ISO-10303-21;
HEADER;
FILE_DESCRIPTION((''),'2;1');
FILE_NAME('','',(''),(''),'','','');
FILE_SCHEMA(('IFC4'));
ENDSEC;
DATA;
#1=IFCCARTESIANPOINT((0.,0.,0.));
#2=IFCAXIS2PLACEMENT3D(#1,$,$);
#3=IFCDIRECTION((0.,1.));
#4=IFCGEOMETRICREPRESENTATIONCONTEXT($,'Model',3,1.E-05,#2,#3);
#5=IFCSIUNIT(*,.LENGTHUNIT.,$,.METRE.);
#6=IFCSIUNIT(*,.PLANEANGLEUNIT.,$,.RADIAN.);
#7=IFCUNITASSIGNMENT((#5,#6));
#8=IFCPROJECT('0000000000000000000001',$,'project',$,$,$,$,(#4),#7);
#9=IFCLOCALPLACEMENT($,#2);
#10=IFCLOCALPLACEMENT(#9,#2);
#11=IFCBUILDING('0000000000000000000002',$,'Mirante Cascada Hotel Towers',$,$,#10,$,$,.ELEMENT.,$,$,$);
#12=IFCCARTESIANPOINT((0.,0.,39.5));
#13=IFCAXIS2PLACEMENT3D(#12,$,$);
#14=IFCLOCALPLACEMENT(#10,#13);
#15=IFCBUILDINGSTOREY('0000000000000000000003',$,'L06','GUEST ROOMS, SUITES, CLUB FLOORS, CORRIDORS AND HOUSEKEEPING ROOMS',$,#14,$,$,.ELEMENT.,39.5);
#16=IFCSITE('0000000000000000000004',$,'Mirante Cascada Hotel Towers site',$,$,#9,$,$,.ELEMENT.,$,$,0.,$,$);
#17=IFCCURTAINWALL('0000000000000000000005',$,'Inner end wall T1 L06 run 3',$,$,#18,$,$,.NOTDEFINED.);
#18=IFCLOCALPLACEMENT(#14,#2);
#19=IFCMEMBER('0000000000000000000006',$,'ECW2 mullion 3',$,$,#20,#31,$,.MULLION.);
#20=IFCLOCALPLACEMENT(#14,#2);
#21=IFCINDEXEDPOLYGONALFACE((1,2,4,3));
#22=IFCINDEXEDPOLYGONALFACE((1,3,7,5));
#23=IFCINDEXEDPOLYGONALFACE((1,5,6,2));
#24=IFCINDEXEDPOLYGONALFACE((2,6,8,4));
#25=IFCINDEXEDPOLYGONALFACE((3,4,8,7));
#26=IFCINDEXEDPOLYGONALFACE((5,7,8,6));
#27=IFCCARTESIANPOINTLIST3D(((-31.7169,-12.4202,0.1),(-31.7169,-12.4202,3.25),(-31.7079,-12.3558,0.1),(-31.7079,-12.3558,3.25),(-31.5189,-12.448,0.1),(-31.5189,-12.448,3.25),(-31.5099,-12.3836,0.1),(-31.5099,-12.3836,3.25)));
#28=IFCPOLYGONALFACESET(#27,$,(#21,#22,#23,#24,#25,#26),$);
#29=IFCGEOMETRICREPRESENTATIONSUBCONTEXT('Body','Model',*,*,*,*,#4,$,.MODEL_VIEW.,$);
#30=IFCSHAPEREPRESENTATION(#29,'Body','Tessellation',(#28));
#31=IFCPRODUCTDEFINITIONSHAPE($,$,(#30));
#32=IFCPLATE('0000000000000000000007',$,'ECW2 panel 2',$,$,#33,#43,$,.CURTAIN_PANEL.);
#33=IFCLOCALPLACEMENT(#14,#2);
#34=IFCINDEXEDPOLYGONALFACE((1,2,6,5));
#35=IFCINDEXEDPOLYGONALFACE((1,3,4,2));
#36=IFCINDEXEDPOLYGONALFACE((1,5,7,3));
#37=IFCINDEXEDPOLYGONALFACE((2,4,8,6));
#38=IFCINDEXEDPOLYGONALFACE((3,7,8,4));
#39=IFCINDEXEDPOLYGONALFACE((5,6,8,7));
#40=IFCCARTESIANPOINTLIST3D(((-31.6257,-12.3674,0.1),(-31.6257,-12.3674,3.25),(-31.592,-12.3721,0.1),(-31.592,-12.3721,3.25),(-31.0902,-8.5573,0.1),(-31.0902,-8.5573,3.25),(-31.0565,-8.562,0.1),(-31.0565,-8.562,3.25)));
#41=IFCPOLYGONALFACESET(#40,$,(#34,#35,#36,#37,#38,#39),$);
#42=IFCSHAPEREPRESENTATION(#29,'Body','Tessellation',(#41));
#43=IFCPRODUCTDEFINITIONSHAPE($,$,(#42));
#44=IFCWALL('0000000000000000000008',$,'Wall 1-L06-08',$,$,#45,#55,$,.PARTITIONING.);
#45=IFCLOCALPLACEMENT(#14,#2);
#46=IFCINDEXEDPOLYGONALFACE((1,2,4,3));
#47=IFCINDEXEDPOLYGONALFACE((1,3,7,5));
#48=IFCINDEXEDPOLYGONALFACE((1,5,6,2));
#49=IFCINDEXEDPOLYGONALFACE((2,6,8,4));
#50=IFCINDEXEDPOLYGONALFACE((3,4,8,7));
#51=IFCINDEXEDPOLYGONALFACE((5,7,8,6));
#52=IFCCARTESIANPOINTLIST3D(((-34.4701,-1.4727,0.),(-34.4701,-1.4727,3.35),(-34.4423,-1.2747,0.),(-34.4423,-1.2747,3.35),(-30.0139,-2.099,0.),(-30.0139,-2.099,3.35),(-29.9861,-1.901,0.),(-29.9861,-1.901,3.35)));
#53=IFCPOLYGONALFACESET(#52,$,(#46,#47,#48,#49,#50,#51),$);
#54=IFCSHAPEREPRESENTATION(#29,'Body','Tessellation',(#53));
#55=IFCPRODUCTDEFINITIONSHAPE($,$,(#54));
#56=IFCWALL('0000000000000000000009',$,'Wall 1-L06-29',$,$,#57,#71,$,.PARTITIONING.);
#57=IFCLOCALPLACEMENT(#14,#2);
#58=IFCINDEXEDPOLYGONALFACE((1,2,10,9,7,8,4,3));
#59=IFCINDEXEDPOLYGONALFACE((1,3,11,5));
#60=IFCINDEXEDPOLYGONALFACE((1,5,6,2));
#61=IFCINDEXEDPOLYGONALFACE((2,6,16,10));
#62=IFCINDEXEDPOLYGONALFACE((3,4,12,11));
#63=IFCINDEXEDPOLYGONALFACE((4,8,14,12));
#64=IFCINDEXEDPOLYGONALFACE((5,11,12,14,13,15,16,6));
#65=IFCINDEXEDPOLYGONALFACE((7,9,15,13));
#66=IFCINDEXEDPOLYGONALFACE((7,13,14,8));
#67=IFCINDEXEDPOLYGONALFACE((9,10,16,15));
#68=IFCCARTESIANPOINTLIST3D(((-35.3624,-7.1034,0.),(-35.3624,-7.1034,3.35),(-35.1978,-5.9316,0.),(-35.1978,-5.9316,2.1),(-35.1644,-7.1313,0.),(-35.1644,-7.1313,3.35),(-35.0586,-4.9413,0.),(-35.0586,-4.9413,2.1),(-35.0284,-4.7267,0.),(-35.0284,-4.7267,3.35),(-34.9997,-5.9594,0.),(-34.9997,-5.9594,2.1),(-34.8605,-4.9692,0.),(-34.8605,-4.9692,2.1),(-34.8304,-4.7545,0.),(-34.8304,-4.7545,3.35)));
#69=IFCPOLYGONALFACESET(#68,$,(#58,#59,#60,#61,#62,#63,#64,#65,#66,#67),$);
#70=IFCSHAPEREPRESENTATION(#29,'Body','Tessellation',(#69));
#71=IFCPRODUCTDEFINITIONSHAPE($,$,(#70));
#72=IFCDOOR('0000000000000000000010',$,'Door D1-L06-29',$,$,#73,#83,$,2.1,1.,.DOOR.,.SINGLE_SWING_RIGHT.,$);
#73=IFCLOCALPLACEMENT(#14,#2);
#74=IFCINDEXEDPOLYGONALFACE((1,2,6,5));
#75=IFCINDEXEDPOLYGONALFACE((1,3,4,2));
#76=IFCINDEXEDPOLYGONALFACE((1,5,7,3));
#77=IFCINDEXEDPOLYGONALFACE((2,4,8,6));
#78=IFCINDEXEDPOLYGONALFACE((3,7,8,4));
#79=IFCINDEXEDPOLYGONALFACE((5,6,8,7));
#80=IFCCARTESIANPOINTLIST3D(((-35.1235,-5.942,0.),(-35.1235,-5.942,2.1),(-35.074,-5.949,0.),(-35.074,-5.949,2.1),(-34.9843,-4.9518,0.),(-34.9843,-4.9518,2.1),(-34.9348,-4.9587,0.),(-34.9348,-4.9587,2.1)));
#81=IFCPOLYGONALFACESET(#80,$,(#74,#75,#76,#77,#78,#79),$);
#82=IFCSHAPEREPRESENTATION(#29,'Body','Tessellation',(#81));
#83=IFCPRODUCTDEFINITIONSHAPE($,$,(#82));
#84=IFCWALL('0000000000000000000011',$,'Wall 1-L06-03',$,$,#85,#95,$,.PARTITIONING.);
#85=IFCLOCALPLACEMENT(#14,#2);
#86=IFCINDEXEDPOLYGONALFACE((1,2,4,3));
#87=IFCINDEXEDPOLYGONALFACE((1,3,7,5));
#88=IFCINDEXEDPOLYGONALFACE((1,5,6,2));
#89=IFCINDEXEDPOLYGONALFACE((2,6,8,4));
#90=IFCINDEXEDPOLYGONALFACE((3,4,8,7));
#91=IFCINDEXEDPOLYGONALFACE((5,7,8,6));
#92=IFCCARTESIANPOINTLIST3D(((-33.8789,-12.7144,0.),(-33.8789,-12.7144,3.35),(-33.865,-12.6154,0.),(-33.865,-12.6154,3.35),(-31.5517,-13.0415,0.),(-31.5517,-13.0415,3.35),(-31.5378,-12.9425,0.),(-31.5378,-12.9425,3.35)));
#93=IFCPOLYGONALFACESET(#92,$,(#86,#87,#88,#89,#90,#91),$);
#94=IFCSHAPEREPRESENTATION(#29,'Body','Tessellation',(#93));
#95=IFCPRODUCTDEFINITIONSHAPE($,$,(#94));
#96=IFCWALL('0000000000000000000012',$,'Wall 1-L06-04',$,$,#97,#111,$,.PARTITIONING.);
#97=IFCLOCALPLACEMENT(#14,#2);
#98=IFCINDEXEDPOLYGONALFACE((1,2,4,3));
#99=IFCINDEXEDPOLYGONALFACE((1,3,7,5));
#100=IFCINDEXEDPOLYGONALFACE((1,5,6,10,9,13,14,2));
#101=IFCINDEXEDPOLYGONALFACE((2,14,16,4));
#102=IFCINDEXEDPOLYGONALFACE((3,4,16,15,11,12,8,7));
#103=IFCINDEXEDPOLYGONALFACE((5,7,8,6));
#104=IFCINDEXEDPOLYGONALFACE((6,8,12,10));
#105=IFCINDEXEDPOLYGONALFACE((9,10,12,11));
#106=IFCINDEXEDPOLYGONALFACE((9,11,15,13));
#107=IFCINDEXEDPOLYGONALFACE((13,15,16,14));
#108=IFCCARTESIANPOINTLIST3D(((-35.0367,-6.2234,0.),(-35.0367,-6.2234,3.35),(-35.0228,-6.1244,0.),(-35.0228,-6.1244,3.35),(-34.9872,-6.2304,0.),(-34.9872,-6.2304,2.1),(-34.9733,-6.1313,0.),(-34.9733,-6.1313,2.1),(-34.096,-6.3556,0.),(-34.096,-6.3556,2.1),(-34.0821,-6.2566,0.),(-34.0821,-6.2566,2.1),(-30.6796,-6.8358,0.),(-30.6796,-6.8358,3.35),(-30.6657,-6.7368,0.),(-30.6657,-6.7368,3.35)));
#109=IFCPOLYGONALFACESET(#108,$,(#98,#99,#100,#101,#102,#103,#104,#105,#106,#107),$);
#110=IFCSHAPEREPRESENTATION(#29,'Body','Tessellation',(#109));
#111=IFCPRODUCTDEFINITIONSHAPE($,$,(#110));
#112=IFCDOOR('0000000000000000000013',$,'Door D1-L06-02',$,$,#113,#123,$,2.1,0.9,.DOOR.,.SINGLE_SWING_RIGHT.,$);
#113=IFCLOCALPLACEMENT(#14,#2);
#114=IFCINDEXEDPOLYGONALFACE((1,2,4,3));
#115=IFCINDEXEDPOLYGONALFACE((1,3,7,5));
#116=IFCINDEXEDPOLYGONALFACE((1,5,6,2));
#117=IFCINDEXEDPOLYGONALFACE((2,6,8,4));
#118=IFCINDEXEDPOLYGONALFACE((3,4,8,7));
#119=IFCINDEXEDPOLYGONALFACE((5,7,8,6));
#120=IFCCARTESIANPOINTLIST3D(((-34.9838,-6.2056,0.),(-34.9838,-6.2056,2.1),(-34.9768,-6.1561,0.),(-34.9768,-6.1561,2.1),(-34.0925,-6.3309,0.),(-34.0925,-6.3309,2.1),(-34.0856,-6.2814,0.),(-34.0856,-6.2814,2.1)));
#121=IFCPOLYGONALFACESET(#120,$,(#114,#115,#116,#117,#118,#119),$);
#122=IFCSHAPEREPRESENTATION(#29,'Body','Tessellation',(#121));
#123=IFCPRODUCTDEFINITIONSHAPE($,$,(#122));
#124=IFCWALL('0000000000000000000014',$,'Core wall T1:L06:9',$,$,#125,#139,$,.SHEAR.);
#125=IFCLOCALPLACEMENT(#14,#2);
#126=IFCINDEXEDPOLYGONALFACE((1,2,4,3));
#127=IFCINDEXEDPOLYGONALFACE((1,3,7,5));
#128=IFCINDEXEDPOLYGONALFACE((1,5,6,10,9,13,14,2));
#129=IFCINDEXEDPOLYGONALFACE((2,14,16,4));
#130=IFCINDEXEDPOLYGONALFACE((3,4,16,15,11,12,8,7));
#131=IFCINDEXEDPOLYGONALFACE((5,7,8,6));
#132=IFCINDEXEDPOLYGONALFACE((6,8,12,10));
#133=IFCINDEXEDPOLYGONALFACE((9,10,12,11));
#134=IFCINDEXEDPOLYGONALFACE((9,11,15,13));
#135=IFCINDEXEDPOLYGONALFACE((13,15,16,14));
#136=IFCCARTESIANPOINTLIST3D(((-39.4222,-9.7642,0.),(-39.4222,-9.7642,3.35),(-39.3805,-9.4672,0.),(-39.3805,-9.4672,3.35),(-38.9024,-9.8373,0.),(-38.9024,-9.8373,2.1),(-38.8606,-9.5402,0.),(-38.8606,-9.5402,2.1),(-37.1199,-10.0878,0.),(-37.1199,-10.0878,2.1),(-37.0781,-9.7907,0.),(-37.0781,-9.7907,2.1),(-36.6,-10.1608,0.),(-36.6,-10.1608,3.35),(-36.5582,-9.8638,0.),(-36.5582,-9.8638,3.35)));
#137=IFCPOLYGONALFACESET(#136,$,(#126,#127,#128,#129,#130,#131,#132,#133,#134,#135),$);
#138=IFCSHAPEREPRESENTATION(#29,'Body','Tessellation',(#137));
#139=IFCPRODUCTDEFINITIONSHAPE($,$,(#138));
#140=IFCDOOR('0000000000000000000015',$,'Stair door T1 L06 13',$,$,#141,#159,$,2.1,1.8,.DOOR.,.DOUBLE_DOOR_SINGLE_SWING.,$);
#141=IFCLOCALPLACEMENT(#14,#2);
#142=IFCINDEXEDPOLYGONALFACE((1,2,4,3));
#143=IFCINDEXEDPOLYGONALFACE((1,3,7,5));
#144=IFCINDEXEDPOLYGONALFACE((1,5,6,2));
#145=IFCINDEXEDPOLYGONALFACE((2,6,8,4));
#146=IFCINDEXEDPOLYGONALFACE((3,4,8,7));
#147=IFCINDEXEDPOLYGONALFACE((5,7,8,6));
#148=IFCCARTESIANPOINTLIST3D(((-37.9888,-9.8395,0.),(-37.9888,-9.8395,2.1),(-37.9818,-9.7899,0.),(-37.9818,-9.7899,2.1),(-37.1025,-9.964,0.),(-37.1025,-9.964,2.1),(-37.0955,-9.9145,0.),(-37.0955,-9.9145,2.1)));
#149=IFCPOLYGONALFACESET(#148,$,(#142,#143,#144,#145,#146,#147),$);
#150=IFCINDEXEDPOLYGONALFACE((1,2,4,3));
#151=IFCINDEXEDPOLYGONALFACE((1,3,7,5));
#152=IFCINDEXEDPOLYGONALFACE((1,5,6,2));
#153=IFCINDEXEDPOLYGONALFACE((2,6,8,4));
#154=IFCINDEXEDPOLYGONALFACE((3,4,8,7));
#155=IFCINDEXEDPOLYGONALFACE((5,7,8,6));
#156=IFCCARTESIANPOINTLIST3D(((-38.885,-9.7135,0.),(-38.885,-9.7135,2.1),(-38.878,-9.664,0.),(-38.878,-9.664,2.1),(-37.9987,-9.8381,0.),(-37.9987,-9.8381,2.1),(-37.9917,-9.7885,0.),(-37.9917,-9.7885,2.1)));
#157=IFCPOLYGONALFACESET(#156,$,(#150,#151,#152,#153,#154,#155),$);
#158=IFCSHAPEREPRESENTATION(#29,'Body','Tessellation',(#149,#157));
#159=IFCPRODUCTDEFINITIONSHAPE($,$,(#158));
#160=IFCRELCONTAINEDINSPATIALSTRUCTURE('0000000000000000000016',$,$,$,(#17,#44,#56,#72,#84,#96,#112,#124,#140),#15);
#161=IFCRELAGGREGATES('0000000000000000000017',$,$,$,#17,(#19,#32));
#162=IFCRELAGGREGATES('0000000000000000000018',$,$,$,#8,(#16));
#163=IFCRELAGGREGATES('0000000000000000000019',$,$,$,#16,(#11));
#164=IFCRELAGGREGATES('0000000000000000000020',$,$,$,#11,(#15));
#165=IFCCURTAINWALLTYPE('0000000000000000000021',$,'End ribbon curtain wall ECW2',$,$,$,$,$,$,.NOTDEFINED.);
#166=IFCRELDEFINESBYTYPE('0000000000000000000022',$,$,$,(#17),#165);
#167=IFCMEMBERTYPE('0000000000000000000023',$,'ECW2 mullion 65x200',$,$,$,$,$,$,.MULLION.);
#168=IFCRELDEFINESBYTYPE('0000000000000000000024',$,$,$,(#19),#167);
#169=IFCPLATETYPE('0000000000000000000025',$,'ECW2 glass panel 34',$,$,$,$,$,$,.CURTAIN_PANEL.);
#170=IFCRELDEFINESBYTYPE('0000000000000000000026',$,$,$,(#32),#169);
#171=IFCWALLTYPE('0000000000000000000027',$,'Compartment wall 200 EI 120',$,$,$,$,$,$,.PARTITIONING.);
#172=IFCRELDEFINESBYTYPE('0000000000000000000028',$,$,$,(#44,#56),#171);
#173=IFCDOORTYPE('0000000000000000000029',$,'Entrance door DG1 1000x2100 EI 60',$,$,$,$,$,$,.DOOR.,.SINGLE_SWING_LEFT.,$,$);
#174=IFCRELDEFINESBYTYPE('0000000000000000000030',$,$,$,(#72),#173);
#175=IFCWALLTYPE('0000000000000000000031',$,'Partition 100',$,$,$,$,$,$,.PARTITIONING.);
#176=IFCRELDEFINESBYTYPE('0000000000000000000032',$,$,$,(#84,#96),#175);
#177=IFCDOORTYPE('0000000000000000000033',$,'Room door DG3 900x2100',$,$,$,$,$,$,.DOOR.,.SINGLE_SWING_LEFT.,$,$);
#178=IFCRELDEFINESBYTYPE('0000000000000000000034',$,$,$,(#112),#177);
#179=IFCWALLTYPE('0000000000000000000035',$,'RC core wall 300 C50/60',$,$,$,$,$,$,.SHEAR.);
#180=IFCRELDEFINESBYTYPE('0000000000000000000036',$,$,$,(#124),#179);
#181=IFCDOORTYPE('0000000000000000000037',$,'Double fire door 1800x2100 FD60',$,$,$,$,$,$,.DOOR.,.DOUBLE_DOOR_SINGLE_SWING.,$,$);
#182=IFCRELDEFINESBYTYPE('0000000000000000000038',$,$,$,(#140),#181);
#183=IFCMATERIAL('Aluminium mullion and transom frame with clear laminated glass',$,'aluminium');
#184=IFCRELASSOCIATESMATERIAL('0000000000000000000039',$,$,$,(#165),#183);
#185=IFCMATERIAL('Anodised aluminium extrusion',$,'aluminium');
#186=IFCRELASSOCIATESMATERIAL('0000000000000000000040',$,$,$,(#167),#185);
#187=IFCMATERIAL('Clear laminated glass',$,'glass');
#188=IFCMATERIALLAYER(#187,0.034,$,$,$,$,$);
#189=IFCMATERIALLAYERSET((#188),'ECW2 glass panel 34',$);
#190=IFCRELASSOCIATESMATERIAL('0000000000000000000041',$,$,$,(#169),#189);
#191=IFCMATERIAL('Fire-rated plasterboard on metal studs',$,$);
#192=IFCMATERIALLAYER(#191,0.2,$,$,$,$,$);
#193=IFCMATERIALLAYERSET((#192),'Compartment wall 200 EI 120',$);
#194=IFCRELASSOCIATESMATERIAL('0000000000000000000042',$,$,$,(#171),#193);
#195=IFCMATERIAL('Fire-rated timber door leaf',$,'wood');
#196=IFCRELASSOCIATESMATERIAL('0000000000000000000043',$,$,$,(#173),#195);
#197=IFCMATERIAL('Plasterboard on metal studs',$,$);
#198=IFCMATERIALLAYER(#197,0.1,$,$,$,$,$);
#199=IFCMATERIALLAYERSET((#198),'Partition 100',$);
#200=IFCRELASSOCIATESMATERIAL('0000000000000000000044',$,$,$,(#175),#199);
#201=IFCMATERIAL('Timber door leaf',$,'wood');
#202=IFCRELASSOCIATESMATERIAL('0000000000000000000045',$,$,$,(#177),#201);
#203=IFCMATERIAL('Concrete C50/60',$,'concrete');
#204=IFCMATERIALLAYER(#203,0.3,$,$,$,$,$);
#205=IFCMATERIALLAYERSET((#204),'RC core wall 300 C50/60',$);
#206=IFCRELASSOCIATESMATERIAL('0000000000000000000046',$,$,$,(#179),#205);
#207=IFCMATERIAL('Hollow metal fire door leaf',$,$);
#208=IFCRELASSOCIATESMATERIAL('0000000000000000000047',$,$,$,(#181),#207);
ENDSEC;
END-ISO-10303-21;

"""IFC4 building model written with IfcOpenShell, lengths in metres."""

from ifc_helpers import new_model, si_unit, direction, frame, frame_2d, origin, origin_2d, place, context, subcontext, project, spatial, rectangle, extrude, material, layer, layer_set, material_profile, profile_set, type_object, element, fill, aggregate, save


model = new_model("IFC4")

# Units and contexts
model_context = context("Model", 3, precision=1e-05, world=origin(), true_north=direction((0.0, 1.0)))
body_context = subcontext(model_context, "Body", "Model", "MODEL_VIEW")
ifc_project = project(units=[si_unit("LENGTHUNIT", "METRE"), si_unit("PLANEANGLEUNIT", "RADIAN")], contexts=[model_context])

# Site, building, storey
site_placement = place(None, origin())
site = spatial("IfcSite", under=ifc_project, at=site_placement, Name="Mirante Cascada Hotel Towers site", CompositionType="ELEMENT", RefElevation=0.0)
building_placement = place(site_placement, origin())
building = spatial("IfcBuilding", under=site, at=building_placement, Name="Mirante Cascada Hotel Towers", CompositionType="ELEMENT")
storey_placement = place(building_placement, frame((0.0, 0.0, 39.5)))
storey = spatial("IfcBuildingStorey", under=building, at=storey_placement, Name="L06", Description="GUEST ROOMS, SUITES, CLUB FLOORS, CORRIDORS AND HOUSEKEEPING ROOMS", CompositionType="ELEMENT", Elevation=39.5)

# Curtain wall, member, plate
ifc_material_1 = material(Name="Aluminium mullion and transom frame with clear laminated glass", Category="aluminium")
curtain_wall_type = type_object("IfcCurtainWallType", Name="End ribbon curtain wall ECW2", PredefinedType="NOTDEFINED", material=ifc_material_1)
curtain_wall_placement = place(storey_placement, origin())
curtain_wall = element("IfcCurtainWall", 1, at=curtain_wall_placement, inside=storey, type_object=curtain_wall_type, Name="Inner end wall T1 L06 run 3", PredefinedType="NOTDEFINED")
ifc_material_2 = material(Name="Anodised aluminium extrusion", Category="aluminium")
ifc_material_profile = material_profile(ifc_material_2, rectangle(XDim=0.2, YDim=0.065, at=origin_2d()), Name="ECW2 MULLION 65x200")
ifc_profile_set = profile_set([ifc_material_profile], Name="Anodised aluminium extrusion")
member_type = type_object("IfcMemberType", Name="ECW2 mullion 65x200", PredefinedType="MULLION", material=ifc_profile_set)
member_placement = place(storey_placement, frame((-31.6134, -12.4019, 0.1), z_axis=(0.0, 0.0, 1.0), x_axis=(0.990268, -0.139173, 0.0)))
member = element("IfcMember", 2, at=member_placement, type_object=member_type, Name="ECW2 mullion 3", PredefinedType="MULLION", context=body_context, shape_type="SweptSolid", body=[
    extrude(rectangle(XDim=0.2, YDim=0.065, at=origin_2d()), origin(), (0.0, 0.0, 1.0), 3.15),
])
ifc_material_3 = material(Name="Clear laminated glass", Category="glass")
ifc_layer_1 = layer(ifc_material_3, 0.034)
ifc_layer_set_1 = layer_set([ifc_layer_1], Name="ECW2 glass panel 34")
plate_type = type_object("IfcPlateType", Name="ECW2 glass panel 34", PredefinedType="CURTAIN_PANEL", material=ifc_layer_set_1)
plate_placement = place(storey_placement, frame((-31.3411, -10.4647, 0.1), z_axis=(0.0, 0.0, 1.0), x_axis=(-0.139173, -0.990268, 0.0)))
plate = element("IfcPlate", 3, at=plate_placement, type_object=plate_type, Name="ECW2 panel 2", PredefinedType="CURTAIN_PANEL", context=body_context, shape_type="SweptSolid", body=[
    extrude(rectangle(XDim=3.8476, YDim=0.034, at=origin_2d()), origin(), (0.0, 0.0, 1.0), 3.15),
])
aggregate(curtain_wall, [member, plate])

# Wall
ifc_material_4 = material(Name="Fire-rated plasterboard on metal studs")
ifc_layer_2 = layer(ifc_material_4, 0.2)
ifc_layer_set_2 = layer_set([ifc_layer_2], Name="Compartment wall 200 EI 120")
wall_type_1 = type_object("IfcWallType", Name="Compartment wall 200 EI 120", PredefinedType="PARTITIONING", material=ifc_layer_set_2)
wall_1_placement = place(storey_placement, frame((-34.4562, -1.3737, 0.0), z_axis=(0.0, 0.0, 1.0), x_axis=(0.990267, -0.139178, 0.0)))
element("IfcWall", 4, at=wall_1_placement, inside=storey, type_object=wall_type_1, Name="Wall 1-L06-08", PredefinedType="PARTITIONING", context=body_context, shape_type="SweptSolid", body=[
    extrude(rectangle(XDim=4.5, YDim=0.2, at=frame_2d((2.25, 0.0))), origin(), (0.0, 0.0, 1.0), 3.35),
])

# Wall, opening, door
wall_2_placement = place(storey_placement, frame((-35.2634, -7.1173, 0.0), z_axis=(0.0, 0.0, 1.0), x_axis=(0.139163, 0.990269, 0.0)))
wall_2 = element("IfcWall", 5, at=wall_2_placement, inside=storey, type_object=wall_type_1, Name="Wall 1-L06-29", PredefinedType="PARTITIONING", context=body_context, shape_type="SweptSolid", body=[
    extrude(rectangle(XDim=2.4001, YDim=0.2, at=frame_2d((1.2, 0.0))), origin(), (0.0, 0.0, 1.0), 3.35),
])
opening_1_placement = place(wall_2_placement, frame((1.1833, 0.0, 0.0)))
opening_1 = element("IfcOpeningElement", 6, at=opening_1_placement, cuts=wall_2, PredefinedType="OPENING", context=body_context, shape_type="SweptSolid", body=[
    extrude(rectangle(XDim=1.0, YDim=2.1, at=frame_2d((0.5, 1.05))), frame((0.0, 0.1, 0.0), z_axis=(0.0, -1.0, 0.0), x_axis=(1.0, 0.0, 0.0)), (0.0, 0.0, 1.0), 0.2),
])
ifc_material_5 = material(Name="Fire-rated timber door leaf", Category="wood")
door_type_1 = type_object("IfcDoorType", Name="Entrance door DG1 1000x2100 EI 60", OperationType="SINGLE_SWING_LEFT", PredefinedType="DOOR", material=ifc_material_5)
door_1_placement = place(opening_1_placement, frame((1.0, 0.0, 0.0), z_axis=(0.0, 0.0, 1.0), x_axis=(-1.0, 0.0, 0.0)))
door_1 = element("IfcDoor", 7, at=door_1_placement, inside=storey, type_object=door_type_1, Name="Door D1-L06-29", OperationType="SINGLE_SWING_RIGHT", OverallHeight=2.1, OverallWidth=1.0, PredefinedType="DOOR", context=body_context, shape_type="SweptSolid", body=[
    extrude(rectangle(XDim=1.0, YDim=2.1, at=frame_2d((0.5, 1.05))), frame((0.0, 0.025, 0.0), z_axis=(0.0, -1.0, 0.0), x_axis=(1.0, 0.0, 0.0)), (0.0, 0.0, 1.0), 0.05),
])
fill(opening_1, door_1)

# Wall
ifc_material_6 = material(Name="Plasterboard on metal studs")
ifc_layer_3 = layer(ifc_material_6, 0.1)
ifc_layer_set_3 = layer_set([ifc_layer_3], Name="Partition 100")
wall_type_2 = type_object("IfcWallType", Name="Partition 100", PredefinedType="PARTITIONING", material=ifc_layer_set_3)
wall_3_placement = place(storey_placement, frame((-31.5448, -12.992, 0.0), z_axis=(0.0, 0.0, 1.0), x_axis=(-0.990266, 0.139187, 0.0)))
element("IfcWall", 8, at=wall_3_placement, inside=storey, type_object=wall_type_2, Name="Wall 1-L06-03", PredefinedType="PARTITIONING", context=body_context, shape_type="SweptSolid", body=[
    extrude(rectangle(XDim=2.3501, YDim=0.1, at=frame_2d((1.175, 0.0))), origin(), (0.0, 0.0, 1.0), 3.35),
])

# Walls, openings, doors
wall_4_placement = place(storey_placement, frame((-35.0298, -6.1739, 0.0), z_axis=(0.0, 0.0, 1.0), x_axis=(0.990267, -0.139184, 0.0)))
wall_4 = element("IfcWall", 9, at=wall_4_placement, inside=storey, type_object=wall_type_2, Name="Wall 1-L06-04", PredefinedType="PARTITIONING", context=body_context, shape_type="SweptSolid", body=[
    extrude(rectangle(XDim=4.3999, YDim=0.1, at=frame_2d((2.2, 0.0))), origin(), (0.0, 0.0, 1.0), 3.35),
])
opening_2_placement = place(wall_4_placement, frame((0.05, 0.0, 0.0)))
opening_2 = element("IfcOpeningElement", 10, at=opening_2_placement, cuts=wall_4, PredefinedType="OPENING", context=body_context, shape_type="SweptSolid", body=[
    extrude(rectangle(XDim=0.9, YDim=2.1, at=frame_2d((0.45, 1.05))), frame((0.0, 0.05, 0.0), z_axis=(0.0, -1.0, 0.0), x_axis=(1.0, 0.0, 0.0)), (0.0, 0.0, 1.0), 0.1),
])
ifc_material_7 = material(Name="Timber door leaf", Category="wood")
door_type_2 = type_object("IfcDoorType", Name="Room door DG3 900x2100", OperationType="SINGLE_SWING_LEFT", PredefinedType="DOOR", material=ifc_material_7)
door_2_placement = place(opening_2_placement, frame((0.9, 0.0, 0.0), z_axis=(0.0, 0.0, 1.0), x_axis=(-1.0, 0.0, 0.0)))
door_2 = element("IfcDoor", 11, at=door_2_placement, inside=storey, type_object=door_type_2, Name="Door D1-L06-02", OperationType="SINGLE_SWING_RIGHT", OverallHeight=2.1, OverallWidth=0.9, PredefinedType="DOOR", context=body_context, shape_type="SweptSolid", body=[
    extrude(rectangle(XDim=0.9, YDim=2.1, at=frame_2d((0.45, 1.05))), frame((0.0, 0.025, 0.0), z_axis=(0.0, -1.0, 0.0), x_axis=(1.0, 0.0, 0.0)), (0.0, 0.0, 1.0), 0.05),
])
fill(opening_2, door_2)
ifc_material_8 = material(Name="Concrete C50/60", Category="concrete")
ifc_layer_4 = layer(ifc_material_8, 0.3)
ifc_layer_set_4 = layer_set([ifc_layer_4], Name="RC core wall 300 C50/60")
wall_type_3 = type_object("IfcWallType", Name="RC core wall 300 C50/60", PredefinedType="SHEAR", material=ifc_layer_set_4)
wall_5_placement = place(storey_placement, frame((-36.5791, -10.0123, 0.0), z_axis=(0.0, 0.0, 1.0), x_axis=(-0.99027, 0.139156, 0.0)))
wall_5 = element("IfcWall", 12, at=wall_5_placement, inside=storey, type_object=wall_type_3, Name="Core wall T1:L06:9", PredefinedType="SHEAR", context=body_context, shape_type="SweptSolid", body=[
    extrude(rectangle(XDim=2.85, YDim=0.3, at=frame_2d((1.425, 0.0))), origin(), (0.0, 0.0, 1.0), 3.35),
])
opening_3_placement = place(wall_5_placement, frame((0.525, 0.0, 0.0)))
opening_3 = element("IfcOpeningElement", 13, at=opening_3_placement, cuts=wall_5, PredefinedType="OPENING", context=body_context, shape_type="SweptSolid", body=[
    extrude(rectangle(XDim=1.8, YDim=2.1, at=frame_2d((0.9, 1.05))), frame((0.0, 0.15, 0.0), z_axis=(0.0, -1.0, 0.0), x_axis=(1.0, 0.0, 0.0)), (0.0, 0.0, 1.0), 0.3),
])
ifc_material_9 = material(Name="Hollow metal fire door leaf")
door_type_3 = type_object("IfcDoorType", Name="Double fire door 1800x2100 FD60", OperationType="DOUBLE_DOOR_SINGLE_SWING", PredefinedType="DOOR", material=ifc_material_9)
door_3_placement = place(opening_3_placement, origin())
door_3 = element("IfcDoor", 14, at=door_3_placement, inside=storey, type_object=door_type_3, Name="Stair door T1 L06 13", OperationType="DOUBLE_DOOR_SINGLE_SWING", OverallHeight=2.1, OverallWidth=1.8, PredefinedType="DOOR", context=body_context, shape_type="SweptSolid", body=[
    extrude(rectangle(XDim=0.895, YDim=2.1, at=frame_2d((0.4475, 1.05))), frame((0.0, 0.025, 0.0), z_axis=(0.0, -1.0, 0.0), x_axis=(1.0, 0.0, 0.0)), (0.0, 0.0, 1.0), 0.05),
    extrude(rectangle(XDim=0.895, YDim=2.1, at=frame_2d((1.3525, 1.05))), frame((0.0, 0.025, 0.0), z_axis=(0.0, -1.0, 0.0), x_axis=(1.0, 0.0, 0.0)), (0.0, 0.0, 1.0), 0.05),
])
fill(opening_3, door_3)

save(model, "model.ifc")
